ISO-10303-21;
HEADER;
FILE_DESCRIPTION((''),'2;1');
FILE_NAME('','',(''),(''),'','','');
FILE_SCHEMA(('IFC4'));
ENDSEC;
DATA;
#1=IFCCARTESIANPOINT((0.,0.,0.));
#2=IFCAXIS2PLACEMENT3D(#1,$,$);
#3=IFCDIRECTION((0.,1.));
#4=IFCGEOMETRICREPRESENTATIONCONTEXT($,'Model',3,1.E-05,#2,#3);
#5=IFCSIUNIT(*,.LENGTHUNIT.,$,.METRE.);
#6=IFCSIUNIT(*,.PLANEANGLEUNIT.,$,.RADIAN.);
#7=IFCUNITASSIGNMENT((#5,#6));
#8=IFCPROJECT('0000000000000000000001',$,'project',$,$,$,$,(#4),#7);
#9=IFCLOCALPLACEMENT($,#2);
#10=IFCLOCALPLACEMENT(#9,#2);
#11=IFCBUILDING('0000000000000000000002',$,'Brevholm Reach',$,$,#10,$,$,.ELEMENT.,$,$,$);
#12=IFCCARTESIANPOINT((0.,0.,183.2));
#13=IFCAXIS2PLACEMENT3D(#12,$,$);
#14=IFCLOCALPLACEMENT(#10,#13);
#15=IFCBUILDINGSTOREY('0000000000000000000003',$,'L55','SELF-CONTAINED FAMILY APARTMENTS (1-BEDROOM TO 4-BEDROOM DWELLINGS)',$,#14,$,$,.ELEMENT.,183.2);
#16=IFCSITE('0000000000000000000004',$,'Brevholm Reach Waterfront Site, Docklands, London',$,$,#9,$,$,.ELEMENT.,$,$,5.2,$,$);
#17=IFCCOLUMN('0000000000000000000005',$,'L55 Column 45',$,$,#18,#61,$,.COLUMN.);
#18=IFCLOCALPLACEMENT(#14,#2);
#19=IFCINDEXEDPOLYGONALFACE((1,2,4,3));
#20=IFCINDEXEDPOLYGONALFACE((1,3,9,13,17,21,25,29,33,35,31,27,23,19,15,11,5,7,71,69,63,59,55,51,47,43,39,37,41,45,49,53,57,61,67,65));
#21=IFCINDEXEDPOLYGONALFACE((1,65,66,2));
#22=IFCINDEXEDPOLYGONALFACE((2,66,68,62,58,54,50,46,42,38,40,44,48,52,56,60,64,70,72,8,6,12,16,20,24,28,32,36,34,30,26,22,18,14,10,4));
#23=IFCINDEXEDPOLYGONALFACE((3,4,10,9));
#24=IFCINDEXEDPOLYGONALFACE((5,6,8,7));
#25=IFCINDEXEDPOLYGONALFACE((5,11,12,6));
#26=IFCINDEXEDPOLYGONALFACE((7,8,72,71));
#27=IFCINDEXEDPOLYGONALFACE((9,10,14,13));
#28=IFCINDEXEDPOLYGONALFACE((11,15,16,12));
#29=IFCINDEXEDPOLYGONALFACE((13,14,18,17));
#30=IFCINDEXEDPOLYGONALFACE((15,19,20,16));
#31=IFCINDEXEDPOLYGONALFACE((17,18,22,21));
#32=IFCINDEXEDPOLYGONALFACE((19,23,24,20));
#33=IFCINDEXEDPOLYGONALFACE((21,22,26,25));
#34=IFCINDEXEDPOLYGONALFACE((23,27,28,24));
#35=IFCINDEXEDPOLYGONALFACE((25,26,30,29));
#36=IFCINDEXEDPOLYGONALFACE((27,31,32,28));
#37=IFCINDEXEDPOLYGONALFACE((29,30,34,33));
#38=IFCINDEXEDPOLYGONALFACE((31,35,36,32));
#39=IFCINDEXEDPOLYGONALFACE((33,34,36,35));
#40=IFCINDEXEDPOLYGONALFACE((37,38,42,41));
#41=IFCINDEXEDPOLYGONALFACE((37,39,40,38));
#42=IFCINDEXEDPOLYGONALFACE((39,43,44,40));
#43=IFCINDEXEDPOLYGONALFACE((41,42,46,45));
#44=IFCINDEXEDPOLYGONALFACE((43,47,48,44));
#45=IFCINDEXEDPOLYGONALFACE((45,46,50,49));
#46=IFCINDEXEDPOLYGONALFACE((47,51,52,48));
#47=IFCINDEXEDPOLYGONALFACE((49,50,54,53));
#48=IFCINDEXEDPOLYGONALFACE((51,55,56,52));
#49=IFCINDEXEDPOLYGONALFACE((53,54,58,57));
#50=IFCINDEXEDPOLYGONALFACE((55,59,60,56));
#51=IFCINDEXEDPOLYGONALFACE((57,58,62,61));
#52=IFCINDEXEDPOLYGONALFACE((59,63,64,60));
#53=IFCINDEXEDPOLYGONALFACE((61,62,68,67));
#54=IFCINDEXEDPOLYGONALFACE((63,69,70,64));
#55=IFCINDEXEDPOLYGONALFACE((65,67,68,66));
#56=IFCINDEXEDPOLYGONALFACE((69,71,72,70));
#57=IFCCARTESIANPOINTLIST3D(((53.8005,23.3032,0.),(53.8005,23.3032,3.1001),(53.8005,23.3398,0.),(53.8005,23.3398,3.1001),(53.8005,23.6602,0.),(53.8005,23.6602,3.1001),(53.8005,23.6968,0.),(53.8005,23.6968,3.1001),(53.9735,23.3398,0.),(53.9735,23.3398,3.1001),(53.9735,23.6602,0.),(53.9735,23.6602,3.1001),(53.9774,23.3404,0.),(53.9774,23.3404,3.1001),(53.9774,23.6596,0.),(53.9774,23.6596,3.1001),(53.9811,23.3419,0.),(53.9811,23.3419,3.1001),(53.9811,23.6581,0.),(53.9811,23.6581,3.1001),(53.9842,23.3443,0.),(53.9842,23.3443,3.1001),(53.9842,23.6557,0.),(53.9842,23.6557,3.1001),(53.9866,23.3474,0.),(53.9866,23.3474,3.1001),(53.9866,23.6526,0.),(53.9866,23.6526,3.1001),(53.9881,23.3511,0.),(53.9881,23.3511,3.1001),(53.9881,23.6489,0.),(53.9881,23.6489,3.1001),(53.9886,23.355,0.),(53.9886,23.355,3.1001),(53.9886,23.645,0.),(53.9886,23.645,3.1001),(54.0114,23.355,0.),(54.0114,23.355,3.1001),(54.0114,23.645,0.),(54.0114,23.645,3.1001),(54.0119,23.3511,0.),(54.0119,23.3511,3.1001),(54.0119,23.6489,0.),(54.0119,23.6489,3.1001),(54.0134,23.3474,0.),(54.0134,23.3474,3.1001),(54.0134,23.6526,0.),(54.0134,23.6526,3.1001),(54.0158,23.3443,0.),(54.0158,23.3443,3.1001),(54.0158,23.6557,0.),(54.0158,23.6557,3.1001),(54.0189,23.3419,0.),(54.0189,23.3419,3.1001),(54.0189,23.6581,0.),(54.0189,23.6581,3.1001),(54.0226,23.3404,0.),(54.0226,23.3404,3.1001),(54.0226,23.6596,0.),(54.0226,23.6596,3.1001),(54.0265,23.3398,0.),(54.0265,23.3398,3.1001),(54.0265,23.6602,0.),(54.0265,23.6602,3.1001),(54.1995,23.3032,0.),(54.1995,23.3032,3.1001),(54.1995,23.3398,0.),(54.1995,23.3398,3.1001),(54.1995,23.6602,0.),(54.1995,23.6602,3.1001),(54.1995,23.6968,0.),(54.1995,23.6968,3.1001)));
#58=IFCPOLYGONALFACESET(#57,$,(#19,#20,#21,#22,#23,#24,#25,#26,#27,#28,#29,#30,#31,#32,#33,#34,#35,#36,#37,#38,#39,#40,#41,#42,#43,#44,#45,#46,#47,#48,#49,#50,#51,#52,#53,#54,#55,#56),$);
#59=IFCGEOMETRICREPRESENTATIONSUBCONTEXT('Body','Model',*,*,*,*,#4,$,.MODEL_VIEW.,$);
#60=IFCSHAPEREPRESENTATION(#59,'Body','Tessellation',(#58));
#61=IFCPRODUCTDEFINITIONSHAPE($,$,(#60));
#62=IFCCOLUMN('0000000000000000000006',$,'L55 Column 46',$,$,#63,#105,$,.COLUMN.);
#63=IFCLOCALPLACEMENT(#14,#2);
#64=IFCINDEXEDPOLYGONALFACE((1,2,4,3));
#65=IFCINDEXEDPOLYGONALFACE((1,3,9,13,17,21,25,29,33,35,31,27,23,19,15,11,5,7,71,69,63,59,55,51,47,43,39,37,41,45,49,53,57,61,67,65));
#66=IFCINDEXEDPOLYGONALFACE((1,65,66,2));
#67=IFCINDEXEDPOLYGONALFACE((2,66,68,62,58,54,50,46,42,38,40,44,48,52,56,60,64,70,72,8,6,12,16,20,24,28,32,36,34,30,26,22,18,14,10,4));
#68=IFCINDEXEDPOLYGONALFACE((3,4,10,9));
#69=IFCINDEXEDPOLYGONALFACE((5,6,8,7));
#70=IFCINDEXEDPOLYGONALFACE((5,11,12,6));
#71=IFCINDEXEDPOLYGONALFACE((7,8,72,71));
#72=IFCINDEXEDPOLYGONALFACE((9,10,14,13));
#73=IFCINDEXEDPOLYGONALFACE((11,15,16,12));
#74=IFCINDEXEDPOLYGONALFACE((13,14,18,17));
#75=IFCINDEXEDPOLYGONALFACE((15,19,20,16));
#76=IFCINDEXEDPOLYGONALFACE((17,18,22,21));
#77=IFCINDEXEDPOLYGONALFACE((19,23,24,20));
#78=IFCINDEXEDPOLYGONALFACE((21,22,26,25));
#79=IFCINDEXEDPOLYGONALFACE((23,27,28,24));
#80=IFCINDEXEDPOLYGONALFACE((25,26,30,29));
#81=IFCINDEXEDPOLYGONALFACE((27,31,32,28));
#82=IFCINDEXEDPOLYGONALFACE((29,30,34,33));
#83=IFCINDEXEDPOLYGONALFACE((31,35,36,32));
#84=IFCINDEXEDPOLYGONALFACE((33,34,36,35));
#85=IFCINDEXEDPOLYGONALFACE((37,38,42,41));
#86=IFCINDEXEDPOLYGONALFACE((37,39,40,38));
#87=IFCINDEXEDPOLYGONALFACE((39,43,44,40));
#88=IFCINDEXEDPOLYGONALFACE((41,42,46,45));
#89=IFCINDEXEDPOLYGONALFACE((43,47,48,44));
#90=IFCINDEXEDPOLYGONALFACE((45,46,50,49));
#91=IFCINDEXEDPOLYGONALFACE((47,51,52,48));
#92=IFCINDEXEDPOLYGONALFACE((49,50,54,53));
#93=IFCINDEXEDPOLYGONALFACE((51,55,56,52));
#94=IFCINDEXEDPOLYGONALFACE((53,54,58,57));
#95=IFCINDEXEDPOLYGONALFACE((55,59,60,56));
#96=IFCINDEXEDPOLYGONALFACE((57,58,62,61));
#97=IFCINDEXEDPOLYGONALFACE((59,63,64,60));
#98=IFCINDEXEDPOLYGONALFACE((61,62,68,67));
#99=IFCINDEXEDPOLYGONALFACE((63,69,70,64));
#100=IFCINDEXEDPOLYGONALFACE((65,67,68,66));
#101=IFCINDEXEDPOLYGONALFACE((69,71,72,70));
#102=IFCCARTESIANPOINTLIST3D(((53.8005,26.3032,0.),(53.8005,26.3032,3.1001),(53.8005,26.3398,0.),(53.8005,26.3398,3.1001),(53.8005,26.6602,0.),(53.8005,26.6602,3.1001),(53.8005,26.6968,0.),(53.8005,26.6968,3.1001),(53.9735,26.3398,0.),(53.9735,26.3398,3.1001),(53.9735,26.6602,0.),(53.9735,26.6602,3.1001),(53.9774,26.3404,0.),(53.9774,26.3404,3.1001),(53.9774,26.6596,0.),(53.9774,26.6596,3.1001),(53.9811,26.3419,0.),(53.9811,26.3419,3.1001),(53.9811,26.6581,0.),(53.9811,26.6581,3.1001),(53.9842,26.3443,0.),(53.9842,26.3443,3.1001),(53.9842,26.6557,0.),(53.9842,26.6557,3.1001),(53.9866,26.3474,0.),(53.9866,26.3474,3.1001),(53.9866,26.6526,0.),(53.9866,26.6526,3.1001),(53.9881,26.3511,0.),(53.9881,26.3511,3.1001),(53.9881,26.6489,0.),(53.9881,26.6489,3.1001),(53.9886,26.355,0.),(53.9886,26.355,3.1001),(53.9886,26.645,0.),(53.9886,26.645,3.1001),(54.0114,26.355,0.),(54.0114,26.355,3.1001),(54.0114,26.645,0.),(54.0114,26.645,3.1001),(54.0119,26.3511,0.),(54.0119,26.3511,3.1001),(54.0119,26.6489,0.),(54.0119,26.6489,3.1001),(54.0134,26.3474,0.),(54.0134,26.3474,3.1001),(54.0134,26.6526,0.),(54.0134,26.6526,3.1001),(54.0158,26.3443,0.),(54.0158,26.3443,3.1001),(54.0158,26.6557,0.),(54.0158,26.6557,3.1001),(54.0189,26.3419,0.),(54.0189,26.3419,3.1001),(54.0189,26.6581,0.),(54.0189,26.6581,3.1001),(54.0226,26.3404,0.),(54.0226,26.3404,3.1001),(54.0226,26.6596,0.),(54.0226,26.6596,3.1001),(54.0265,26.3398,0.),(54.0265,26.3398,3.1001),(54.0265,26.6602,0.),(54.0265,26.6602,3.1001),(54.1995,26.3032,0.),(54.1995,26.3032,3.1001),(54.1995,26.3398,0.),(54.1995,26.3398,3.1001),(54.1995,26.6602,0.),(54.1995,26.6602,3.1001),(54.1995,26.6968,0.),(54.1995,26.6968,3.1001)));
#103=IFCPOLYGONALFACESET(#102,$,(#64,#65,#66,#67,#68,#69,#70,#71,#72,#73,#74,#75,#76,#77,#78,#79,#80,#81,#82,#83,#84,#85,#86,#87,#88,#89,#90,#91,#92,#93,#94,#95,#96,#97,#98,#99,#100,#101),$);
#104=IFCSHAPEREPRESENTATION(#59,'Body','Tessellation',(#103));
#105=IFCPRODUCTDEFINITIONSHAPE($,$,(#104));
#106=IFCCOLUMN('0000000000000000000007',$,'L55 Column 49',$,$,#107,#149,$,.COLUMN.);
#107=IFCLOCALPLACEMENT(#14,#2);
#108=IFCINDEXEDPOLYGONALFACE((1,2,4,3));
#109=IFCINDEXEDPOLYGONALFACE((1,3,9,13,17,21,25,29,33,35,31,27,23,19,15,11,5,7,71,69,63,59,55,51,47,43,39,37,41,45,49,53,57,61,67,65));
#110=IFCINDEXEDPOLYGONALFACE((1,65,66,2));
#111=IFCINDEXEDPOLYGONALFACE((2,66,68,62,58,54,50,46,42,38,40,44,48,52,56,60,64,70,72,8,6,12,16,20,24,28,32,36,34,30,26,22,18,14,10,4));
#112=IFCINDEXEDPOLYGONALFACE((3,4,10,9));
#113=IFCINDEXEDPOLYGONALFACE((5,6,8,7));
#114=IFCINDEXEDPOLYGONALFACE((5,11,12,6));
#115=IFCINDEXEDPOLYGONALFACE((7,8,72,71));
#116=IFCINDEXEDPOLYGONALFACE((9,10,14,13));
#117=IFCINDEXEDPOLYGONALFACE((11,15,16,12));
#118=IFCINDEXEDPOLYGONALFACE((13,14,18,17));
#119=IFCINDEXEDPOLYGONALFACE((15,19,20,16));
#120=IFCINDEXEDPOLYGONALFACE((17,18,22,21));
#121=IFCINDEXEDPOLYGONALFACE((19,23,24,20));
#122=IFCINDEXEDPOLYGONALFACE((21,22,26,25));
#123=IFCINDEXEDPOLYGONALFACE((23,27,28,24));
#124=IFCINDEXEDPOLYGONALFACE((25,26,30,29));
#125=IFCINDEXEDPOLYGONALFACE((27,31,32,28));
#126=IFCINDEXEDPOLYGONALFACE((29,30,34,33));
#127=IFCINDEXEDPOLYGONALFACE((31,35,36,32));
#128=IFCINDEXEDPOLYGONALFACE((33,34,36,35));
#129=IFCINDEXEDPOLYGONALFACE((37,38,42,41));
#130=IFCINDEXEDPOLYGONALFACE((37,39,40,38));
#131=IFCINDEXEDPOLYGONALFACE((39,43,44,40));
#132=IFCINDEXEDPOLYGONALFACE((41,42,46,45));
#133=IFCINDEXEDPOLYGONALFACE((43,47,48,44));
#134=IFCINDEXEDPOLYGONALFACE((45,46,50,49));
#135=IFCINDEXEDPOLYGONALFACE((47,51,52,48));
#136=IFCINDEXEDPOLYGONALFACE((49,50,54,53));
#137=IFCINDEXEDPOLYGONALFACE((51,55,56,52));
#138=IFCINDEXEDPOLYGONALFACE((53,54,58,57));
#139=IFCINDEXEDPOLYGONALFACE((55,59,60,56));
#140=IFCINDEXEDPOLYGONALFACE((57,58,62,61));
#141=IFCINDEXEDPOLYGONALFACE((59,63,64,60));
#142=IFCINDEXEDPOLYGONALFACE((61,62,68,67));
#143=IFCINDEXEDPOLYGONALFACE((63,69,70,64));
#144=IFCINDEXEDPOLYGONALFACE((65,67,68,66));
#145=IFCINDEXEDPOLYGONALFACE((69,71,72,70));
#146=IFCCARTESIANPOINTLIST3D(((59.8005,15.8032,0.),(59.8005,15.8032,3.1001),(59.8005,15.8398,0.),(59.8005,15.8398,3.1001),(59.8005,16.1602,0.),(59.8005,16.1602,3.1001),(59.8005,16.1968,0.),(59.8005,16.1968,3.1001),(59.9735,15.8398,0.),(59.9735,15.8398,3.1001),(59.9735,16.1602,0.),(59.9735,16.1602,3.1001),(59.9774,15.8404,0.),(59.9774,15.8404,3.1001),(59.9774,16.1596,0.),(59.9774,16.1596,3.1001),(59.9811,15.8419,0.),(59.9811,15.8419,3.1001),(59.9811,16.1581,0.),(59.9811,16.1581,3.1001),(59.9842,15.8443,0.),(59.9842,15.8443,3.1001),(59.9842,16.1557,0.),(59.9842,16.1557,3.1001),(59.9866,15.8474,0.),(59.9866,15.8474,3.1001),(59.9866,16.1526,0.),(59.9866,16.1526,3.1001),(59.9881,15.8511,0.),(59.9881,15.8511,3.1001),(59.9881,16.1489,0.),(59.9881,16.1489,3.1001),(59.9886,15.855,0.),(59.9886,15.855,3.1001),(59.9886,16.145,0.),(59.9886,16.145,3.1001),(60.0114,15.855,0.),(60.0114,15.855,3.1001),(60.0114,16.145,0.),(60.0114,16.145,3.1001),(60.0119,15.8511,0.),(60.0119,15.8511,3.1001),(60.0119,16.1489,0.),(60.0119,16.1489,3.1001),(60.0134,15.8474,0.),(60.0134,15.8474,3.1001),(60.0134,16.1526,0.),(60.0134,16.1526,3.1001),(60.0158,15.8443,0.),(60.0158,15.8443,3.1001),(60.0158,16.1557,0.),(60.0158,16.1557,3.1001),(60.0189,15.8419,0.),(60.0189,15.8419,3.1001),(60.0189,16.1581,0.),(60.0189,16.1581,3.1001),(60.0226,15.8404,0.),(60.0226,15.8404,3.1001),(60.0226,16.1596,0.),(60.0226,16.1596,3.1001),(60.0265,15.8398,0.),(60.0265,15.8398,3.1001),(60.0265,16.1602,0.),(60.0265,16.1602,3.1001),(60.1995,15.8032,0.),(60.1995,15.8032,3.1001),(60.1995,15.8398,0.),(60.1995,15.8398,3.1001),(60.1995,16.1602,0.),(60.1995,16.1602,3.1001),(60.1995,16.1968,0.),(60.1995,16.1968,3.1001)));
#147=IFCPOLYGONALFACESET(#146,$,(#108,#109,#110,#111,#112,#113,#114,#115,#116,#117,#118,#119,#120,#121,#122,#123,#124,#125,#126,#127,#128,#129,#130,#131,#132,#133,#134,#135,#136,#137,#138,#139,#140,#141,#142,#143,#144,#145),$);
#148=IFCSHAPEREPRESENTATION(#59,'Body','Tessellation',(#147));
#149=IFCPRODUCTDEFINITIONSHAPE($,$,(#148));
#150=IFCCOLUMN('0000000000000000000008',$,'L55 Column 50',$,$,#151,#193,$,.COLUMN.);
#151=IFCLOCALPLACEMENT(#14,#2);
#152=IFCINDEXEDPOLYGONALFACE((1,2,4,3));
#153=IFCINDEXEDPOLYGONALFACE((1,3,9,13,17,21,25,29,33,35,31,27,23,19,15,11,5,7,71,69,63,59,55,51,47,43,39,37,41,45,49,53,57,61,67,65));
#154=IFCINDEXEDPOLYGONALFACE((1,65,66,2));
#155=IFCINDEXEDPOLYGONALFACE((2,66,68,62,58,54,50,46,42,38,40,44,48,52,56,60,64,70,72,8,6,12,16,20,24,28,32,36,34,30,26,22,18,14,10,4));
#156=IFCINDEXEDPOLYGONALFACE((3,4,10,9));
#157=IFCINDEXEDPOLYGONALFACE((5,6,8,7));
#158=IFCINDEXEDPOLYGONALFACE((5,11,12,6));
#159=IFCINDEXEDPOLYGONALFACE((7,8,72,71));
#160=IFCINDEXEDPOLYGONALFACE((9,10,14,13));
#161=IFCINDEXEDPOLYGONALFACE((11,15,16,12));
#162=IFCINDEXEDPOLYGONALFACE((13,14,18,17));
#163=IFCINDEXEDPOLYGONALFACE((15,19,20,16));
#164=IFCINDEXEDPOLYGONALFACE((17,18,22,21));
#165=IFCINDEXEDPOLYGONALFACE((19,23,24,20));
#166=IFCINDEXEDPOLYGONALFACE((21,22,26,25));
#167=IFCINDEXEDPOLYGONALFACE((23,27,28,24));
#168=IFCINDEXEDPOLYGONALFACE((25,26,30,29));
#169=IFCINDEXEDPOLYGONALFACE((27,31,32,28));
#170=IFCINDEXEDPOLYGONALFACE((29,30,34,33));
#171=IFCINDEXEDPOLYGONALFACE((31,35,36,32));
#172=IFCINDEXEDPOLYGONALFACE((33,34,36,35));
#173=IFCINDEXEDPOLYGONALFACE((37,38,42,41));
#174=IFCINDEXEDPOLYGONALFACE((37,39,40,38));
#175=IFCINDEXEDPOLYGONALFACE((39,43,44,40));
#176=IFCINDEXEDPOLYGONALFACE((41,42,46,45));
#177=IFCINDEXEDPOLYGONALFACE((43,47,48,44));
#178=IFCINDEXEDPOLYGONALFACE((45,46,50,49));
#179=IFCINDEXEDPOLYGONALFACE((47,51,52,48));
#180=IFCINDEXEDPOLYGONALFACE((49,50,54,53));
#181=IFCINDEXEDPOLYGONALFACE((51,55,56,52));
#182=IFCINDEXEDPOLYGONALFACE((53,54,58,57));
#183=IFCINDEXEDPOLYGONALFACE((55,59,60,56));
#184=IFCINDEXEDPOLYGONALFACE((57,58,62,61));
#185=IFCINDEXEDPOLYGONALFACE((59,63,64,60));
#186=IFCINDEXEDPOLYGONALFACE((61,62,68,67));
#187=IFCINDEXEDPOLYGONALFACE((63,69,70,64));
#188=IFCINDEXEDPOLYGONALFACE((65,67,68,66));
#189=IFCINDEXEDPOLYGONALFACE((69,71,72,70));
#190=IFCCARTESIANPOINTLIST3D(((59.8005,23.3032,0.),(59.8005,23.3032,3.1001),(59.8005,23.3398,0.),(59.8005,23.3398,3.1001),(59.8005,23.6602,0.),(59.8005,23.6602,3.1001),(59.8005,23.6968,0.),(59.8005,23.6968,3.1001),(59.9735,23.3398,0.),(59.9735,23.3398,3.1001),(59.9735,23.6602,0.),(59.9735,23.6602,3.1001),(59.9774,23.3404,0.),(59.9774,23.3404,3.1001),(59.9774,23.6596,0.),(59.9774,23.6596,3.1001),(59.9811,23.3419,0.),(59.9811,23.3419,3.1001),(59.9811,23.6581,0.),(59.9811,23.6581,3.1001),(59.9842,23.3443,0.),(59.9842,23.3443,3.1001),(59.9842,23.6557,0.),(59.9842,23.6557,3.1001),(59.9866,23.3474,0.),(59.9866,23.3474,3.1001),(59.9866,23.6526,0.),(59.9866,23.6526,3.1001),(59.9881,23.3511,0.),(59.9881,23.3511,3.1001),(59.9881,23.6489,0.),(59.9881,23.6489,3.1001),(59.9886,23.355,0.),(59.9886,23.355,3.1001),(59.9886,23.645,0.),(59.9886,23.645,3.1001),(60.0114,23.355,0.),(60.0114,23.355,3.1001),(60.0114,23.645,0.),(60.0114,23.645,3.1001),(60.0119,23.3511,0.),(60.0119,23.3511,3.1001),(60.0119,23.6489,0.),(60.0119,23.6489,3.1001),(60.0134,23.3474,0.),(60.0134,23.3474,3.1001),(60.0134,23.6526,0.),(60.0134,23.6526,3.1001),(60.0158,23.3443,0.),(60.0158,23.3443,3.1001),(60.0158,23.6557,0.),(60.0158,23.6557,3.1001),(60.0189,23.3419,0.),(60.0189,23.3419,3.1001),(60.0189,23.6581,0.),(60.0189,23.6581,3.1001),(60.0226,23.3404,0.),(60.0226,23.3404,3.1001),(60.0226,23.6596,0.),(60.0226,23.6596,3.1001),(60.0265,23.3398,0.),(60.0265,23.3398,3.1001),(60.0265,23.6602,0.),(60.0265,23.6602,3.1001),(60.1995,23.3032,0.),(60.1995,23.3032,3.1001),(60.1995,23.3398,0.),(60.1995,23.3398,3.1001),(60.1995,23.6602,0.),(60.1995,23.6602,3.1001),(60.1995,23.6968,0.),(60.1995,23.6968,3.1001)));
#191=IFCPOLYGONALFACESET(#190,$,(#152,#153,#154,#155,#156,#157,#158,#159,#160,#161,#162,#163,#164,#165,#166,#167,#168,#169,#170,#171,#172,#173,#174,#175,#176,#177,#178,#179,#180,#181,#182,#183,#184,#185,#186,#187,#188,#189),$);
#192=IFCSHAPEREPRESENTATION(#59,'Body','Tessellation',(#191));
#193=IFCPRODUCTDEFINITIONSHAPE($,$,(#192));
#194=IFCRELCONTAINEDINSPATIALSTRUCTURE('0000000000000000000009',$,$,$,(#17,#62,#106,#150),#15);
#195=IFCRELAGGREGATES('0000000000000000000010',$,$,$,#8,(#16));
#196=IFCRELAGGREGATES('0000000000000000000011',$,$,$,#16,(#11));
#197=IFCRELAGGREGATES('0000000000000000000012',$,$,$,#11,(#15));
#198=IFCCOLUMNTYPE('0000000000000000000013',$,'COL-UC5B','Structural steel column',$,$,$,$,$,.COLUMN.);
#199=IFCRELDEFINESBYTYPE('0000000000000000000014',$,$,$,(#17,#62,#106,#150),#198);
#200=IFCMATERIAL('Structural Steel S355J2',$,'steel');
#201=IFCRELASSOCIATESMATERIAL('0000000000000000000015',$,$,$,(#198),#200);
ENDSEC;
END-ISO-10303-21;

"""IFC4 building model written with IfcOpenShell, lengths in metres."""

from ifc_helpers import new_model, si_unit, direction, frame, origin, origin_2d, place, context, subcontext, project, spatial, i_section, extrude, material, material_profile, profile_set, type_object, element, save


model = new_model("IFC4")

# Units and contexts
model_context = context("Model", 3, precision=1e-05, world=origin(), true_north=direction((0.0, 1.0)))
body_context = subcontext(model_context, "Body", "Model", "MODEL_VIEW")
ifc_project = project(units=[si_unit("LENGTHUNIT", "METRE"), si_unit("PLANEANGLEUNIT", "RADIAN")], contexts=[model_context])

# Site, building, storey
site_placement = place(None, origin())
site = spatial("IfcSite", under=ifc_project, at=site_placement, Name="Brevholm Reach Waterfront Site, Docklands, London", CompositionType="ELEMENT", RefElevation=5.2)
building_placement = place(site_placement, origin())
building = spatial("IfcBuilding", under=site, at=building_placement, Name="Brevholm Reach", CompositionType="ELEMENT")
storey_placement = place(building_placement, frame((0.0, 0.0, 183.2)))
storey = spatial("IfcBuildingStorey", under=building, at=storey_placement, Name="L55", Description="SELF-CONTAINED FAMILY APARTMENTS (1-BEDROOM TO 4-BEDROOM DWELLINGS)", CompositionType="ELEMENT", Elevation=183.2)

# Columns
ifc_material_1 = material(Name="Structural Steel S355J2", Category="steel")
ifc_material_profile_1 = material_profile(ifc_material_1, i_section(OverallWidth=0.3989, OverallDepth=0.3936, WebThickness=0.0227, FlangeThickness=0.0366, FilletRadius=0.0151, at=origin_2d()), Name="UKC 356x406x287")
ifc_profile_set_1 = profile_set([ifc_material_profile_1], Name="Structural Steel S355J2")
column_type = type_object("IfcColumnType", Name="COL-UC5B", Description="Structural steel column", PredefinedType="COLUMN", material=ifc_profile_set_1)
for number, where, z_axis, x_axis, name in (
    (1, (54.0, 23.5, 0.0), (0.0, 0.0, 1.0), (1.0, 0.0, 0.0), "L55 Column 45"),
    (2, (54.0, 26.5, 0.0), (0.0, 0.0, 1.0), (1.0, 0.0, 0.0), "L55 Column 46"),
    (3, (60.0, 16.0, 0.0), (0.0, 0.0, 1.0), (1.0, 0.0, 0.0), "L55 Column 49"),
    (4, (60.0, 23.5, 0.0), (0.0, 0.0, 1.0), (1.0, 0.0, 0.0), "L55 Column 50"),
):
    element("IfcColumn", number, at=place(storey_placement, frame(where, z_axis=z_axis, x_axis=x_axis)), inside=storey, type_object=column_type, Name=name, PredefinedType="COLUMN", context=body_context, shape_type="SweptSolid", body=[
        extrude(i_section(OverallWidth=0.3989, OverallDepth=0.3936, WebThickness=0.0227, FlangeThickness=0.0366, FilletRadius=0.0151, at=origin_2d()), origin(), (0.0, 0.0, 1.0), 3.1001),
    ])

save(model, "model.ifc")
